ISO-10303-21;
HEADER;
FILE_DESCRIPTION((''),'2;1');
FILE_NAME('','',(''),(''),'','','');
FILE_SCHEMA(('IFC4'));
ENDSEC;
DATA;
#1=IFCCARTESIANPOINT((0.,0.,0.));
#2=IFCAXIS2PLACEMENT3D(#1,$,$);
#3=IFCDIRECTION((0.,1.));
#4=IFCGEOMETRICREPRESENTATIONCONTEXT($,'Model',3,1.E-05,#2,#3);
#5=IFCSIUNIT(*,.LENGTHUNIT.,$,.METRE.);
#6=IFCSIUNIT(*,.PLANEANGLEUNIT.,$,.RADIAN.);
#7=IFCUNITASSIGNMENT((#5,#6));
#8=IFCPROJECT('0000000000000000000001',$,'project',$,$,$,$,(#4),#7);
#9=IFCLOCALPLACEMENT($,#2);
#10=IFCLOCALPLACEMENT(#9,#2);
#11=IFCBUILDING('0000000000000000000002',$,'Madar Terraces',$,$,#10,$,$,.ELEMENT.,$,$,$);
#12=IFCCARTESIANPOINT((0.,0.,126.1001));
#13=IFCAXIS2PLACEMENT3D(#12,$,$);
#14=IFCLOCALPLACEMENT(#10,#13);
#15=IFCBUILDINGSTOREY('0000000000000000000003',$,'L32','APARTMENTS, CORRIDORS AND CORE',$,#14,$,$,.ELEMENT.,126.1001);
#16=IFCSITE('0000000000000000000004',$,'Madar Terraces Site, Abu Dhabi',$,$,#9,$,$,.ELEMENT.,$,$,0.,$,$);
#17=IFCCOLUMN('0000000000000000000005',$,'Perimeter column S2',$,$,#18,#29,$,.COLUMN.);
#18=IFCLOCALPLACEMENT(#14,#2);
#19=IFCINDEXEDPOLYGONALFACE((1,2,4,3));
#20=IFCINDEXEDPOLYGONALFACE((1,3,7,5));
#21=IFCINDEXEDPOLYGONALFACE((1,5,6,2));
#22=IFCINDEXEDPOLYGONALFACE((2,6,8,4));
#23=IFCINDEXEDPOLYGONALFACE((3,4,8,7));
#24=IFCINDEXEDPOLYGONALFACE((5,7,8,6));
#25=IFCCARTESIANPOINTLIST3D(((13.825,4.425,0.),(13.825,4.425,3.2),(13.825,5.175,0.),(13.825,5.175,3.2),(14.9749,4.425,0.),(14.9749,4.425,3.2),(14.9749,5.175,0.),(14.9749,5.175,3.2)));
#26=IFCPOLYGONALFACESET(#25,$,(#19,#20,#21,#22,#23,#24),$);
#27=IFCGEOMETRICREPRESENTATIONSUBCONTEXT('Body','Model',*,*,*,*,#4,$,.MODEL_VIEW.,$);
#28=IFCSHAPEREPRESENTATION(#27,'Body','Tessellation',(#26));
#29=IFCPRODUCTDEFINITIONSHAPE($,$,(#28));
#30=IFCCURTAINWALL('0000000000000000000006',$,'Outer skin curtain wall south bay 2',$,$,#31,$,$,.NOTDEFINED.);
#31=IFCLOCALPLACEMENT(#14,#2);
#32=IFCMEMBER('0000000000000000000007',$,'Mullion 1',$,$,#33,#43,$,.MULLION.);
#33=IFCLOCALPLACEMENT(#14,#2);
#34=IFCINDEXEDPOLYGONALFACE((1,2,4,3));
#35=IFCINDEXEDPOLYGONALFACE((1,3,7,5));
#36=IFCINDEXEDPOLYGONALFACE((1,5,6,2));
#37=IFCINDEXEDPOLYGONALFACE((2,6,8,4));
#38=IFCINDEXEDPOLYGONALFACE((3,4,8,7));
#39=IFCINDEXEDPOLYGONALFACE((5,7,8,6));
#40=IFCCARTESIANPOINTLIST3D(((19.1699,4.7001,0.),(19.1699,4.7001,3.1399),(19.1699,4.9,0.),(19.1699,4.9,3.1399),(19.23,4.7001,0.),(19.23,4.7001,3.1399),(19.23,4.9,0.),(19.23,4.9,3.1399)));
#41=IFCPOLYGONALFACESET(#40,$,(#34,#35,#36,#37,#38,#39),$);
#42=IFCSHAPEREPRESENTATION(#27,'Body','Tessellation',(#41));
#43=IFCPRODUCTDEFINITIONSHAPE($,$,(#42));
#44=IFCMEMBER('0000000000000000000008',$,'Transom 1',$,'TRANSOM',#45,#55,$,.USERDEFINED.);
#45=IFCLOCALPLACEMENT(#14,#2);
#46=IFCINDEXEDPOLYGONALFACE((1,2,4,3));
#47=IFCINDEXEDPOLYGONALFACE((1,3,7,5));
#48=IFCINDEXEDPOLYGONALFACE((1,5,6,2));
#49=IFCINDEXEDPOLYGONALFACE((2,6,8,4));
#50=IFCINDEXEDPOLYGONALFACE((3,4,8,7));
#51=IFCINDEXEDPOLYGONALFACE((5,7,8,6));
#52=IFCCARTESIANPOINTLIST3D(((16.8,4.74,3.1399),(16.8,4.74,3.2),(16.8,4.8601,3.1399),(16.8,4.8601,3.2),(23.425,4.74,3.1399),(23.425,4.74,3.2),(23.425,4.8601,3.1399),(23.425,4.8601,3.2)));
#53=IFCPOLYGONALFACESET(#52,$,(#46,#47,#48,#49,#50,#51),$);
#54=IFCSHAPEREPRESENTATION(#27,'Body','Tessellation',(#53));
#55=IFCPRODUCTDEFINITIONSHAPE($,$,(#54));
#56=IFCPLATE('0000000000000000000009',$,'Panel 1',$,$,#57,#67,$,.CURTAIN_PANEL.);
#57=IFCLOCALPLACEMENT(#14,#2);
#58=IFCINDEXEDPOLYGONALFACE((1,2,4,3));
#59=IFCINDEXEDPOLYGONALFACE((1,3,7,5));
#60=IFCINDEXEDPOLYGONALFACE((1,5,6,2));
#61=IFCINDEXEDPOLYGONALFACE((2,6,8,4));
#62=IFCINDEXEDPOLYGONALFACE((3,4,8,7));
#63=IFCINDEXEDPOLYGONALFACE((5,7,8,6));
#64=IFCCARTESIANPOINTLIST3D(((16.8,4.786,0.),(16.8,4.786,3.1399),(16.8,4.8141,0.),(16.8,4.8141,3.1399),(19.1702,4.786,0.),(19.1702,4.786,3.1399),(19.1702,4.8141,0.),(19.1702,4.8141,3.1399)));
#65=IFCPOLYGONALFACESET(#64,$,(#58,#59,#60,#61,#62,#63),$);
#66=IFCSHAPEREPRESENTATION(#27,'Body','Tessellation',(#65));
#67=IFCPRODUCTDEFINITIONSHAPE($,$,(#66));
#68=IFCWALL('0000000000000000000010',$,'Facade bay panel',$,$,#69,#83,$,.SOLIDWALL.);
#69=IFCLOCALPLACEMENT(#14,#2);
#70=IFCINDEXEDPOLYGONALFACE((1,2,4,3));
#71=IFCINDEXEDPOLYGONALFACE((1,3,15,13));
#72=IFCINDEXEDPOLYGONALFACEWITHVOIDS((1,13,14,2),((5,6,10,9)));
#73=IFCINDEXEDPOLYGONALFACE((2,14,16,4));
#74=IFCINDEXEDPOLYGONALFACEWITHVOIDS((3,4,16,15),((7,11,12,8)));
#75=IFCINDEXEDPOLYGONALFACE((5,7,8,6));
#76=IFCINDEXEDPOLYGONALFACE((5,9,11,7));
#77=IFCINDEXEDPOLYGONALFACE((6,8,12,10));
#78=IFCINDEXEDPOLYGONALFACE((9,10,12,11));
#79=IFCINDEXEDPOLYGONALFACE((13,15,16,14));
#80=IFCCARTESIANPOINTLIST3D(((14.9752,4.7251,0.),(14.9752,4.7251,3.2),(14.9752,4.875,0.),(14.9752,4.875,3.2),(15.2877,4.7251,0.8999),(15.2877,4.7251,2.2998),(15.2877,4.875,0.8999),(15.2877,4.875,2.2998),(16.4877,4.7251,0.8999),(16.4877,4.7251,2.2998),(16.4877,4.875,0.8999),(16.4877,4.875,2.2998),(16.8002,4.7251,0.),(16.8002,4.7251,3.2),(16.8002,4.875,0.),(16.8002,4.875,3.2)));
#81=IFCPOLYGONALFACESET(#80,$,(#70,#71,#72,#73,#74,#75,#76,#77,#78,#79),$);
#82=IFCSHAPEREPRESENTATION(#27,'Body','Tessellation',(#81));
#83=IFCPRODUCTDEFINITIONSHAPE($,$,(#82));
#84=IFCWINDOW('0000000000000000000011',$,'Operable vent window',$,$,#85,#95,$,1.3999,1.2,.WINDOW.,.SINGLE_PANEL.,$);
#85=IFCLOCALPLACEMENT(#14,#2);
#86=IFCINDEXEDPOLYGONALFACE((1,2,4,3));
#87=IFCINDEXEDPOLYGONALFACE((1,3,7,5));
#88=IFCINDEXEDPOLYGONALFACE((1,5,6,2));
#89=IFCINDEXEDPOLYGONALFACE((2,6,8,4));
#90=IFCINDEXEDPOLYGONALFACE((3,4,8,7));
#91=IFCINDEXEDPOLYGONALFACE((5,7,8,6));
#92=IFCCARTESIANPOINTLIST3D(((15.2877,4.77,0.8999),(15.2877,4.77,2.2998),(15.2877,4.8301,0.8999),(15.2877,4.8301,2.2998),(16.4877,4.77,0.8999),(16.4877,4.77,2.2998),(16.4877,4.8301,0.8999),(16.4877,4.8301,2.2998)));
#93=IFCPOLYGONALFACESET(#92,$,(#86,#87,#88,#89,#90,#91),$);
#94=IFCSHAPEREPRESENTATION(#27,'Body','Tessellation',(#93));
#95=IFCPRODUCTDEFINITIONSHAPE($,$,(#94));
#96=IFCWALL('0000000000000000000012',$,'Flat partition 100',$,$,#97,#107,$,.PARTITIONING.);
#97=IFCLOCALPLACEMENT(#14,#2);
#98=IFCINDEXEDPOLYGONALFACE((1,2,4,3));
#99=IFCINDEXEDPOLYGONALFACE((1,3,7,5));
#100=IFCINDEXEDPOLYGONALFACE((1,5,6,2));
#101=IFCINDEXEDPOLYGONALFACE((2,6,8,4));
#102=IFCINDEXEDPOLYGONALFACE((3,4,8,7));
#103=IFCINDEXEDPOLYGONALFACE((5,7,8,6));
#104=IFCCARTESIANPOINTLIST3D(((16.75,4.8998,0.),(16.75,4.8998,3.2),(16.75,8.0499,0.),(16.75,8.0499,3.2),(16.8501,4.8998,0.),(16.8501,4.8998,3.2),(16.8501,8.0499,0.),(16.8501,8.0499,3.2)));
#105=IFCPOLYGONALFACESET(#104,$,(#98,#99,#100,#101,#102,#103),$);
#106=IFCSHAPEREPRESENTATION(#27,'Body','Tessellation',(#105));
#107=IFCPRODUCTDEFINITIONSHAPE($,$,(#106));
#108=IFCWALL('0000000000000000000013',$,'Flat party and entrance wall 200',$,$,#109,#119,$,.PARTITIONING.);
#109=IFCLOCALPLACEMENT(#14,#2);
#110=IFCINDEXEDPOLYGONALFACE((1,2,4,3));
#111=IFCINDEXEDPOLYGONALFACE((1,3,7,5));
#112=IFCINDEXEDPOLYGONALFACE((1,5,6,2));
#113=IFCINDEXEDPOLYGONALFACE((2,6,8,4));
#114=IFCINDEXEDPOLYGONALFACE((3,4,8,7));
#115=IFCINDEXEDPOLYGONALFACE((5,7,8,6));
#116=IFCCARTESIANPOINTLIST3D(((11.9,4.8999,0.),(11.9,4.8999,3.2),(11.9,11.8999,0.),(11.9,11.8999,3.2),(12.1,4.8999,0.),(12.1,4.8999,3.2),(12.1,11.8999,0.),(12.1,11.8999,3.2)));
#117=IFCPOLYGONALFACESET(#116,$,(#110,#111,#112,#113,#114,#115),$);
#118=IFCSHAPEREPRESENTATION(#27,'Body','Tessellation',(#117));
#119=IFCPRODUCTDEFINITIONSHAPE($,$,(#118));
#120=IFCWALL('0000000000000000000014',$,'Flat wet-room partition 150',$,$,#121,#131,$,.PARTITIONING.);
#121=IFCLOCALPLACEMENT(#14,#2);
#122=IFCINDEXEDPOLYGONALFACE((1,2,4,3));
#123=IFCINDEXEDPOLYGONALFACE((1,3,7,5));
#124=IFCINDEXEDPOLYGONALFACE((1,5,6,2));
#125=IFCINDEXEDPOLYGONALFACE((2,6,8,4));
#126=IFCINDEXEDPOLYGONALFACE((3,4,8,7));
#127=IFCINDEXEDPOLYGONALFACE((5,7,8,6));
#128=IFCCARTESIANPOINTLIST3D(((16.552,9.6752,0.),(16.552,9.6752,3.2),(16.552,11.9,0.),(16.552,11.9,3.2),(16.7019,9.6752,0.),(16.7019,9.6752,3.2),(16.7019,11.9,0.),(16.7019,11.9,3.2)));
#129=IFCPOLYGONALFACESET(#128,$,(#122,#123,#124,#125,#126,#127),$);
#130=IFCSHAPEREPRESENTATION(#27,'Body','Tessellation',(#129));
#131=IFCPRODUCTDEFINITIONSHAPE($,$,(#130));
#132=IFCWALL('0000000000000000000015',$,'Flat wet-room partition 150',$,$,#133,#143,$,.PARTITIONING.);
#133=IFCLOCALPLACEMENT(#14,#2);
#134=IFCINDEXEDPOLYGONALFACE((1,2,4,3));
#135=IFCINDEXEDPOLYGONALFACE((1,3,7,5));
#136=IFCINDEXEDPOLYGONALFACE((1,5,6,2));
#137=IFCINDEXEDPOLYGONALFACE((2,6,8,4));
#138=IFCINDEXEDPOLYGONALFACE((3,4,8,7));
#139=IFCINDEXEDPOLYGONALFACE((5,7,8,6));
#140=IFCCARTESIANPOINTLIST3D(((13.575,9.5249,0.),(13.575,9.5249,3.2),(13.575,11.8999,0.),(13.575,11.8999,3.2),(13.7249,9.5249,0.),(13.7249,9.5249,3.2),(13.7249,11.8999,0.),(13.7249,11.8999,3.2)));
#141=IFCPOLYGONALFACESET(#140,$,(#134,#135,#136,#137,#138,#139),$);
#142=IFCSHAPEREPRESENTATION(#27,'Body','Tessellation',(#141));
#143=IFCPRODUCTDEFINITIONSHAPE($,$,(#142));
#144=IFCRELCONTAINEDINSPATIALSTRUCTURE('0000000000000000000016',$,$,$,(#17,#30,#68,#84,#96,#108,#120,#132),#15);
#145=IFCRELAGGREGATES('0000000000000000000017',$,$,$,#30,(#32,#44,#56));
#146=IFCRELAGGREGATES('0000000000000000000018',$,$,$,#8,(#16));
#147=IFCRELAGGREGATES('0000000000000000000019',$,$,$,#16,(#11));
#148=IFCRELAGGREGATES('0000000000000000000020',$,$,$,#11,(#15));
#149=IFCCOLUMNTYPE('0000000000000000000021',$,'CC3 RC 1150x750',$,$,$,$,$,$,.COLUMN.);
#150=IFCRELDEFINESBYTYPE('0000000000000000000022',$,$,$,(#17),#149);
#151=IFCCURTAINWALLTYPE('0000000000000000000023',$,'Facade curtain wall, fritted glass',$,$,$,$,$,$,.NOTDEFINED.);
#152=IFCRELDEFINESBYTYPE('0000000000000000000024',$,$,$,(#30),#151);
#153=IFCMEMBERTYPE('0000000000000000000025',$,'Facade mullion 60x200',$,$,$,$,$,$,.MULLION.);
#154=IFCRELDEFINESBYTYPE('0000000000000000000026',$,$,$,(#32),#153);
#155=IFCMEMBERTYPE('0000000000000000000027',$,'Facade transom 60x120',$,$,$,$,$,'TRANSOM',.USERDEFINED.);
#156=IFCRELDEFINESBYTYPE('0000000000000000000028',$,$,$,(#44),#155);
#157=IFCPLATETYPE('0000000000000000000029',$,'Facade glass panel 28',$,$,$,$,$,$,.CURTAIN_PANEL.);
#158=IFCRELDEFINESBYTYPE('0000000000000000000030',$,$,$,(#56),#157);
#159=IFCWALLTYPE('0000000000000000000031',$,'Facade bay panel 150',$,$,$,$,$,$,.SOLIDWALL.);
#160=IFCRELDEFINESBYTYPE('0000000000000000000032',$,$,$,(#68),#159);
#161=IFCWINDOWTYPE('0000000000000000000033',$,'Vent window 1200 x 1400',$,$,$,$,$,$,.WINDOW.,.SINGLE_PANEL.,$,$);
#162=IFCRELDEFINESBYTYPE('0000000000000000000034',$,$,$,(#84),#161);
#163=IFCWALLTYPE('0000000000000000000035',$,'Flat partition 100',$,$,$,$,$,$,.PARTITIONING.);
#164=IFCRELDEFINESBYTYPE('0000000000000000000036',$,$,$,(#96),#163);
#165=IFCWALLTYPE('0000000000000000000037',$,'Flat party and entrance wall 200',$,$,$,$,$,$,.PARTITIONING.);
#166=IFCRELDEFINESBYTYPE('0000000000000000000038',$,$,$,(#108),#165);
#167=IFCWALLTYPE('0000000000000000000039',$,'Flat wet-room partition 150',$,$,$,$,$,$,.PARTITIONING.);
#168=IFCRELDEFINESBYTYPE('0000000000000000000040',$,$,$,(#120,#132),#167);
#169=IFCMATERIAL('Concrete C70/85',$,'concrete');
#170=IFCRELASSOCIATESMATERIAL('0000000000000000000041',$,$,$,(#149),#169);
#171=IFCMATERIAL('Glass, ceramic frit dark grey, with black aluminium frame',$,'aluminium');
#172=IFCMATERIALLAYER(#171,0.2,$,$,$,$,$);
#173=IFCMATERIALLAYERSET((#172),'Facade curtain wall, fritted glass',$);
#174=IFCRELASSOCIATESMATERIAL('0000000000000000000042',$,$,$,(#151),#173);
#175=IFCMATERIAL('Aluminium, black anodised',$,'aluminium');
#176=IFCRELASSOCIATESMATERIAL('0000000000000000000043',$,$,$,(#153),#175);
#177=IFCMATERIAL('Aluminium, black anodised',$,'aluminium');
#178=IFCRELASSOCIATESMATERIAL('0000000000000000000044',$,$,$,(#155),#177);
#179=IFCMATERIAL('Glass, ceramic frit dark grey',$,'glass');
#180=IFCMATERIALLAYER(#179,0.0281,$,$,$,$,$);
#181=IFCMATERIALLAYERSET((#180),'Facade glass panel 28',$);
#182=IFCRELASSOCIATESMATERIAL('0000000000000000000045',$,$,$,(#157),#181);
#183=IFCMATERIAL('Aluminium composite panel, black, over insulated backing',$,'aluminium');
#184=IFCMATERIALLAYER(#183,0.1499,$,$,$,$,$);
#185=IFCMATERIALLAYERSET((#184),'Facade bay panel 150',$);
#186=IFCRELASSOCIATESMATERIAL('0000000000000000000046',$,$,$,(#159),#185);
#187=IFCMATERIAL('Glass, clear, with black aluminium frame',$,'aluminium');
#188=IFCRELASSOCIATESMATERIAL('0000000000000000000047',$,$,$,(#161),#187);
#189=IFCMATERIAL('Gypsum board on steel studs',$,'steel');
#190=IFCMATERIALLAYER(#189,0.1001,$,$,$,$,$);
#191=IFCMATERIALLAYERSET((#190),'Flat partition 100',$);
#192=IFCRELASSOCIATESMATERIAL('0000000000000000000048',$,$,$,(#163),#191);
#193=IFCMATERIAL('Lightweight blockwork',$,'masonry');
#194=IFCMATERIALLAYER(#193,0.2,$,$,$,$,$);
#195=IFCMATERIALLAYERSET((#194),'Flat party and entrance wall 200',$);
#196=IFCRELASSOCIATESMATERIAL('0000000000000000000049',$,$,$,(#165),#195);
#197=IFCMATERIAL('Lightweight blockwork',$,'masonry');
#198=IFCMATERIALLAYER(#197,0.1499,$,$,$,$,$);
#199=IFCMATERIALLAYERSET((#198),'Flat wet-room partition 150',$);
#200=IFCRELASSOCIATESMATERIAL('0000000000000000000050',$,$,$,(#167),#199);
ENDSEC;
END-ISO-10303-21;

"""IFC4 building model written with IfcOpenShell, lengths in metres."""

from ifc_helpers import new_model, si_unit, direction, frame, frame_2d, origin, origin_2d, place, context, subcontext, project, spatial, rectangle, extrude, material, layer, layer_set, material_profile, profile_set, type_object, element, fill, aggregate, save


model = new_model("IFC4")

# Units and contexts
model_context = context("Model", 3, precision=1e-05, world=origin(), true_north=direction((0.0, 1.0)))
body_context = subcontext(model_context, "Body", "Model", "MODEL_VIEW")
ifc_project = project(units=[si_unit("LENGTHUNIT", "METRE"), si_unit("PLANEANGLEUNIT", "RADIAN")], contexts=[model_context])

# Site, building, storey
site_placement = place(None, origin())
site = spatial("IfcSite", under=ifc_project, at=site_placement, Name="Madar Terraces Site, Abu Dhabi", CompositionType="ELEMENT", RefElevation=0.0)
building_placement = place(site_placement, origin())
building = spatial("IfcBuilding", under=site, at=building_placement, Name="Madar Terraces", CompositionType="ELEMENT")
storey_placement = place(building_placement, frame((0.0, 0.0, 126.1001)))
storey = spatial("IfcBuildingStorey", under=building, at=storey_placement, Name="L32", Description="APARTMENTS, CORRIDORS AND CORE", CompositionType="ELEMENT", Elevation=126.1001)

# Column
ifc_material_1 = material(Name="Concrete C70/85", Category="concrete")
ifc_material_profile_1 = material_profile(ifc_material_1, rectangle(XDim=1.1499, YDim=0.75, at=origin_2d()), Name="CC3 RC 1150x750")
ifc_profile_set_1 = profile_set([ifc_material_profile_1], Name="Concrete C70/85")
column_type = type_object("IfcColumnType", Name="CC3 RC 1150x750", PredefinedType="COLUMN", material=ifc_profile_set_1)
column_placement = place(storey_placement, frame((14.3999, 4.8, 0.0), z_axis=(0.0, 0.0, 1.0), x_axis=(1.0, 0.0, 0.0)))
element("IfcColumn", 1, at=column_placement, inside=storey, type_object=column_type, Name="Perimeter column S2", PredefinedType="COLUMN", context=body_context, shape_type="SweptSolid", body=[
    extrude(rectangle(XDim=1.1499, YDim=0.75, at=origin_2d()), origin(), (0.0, 0.0, 1.0), 3.2),
])

# Curtain wall, members, plate
ifc_material_2 = material(Name="Glass, ceramic frit dark grey, with black aluminium frame", Category="aluminium")
ifc_layer_1 = layer(ifc_material_2, 0.2)
ifc_layer_set_1 = layer_set([ifc_layer_1], Name="Facade curtain wall, fritted glass")
curtain_wall_type = type_object("IfcCurtainWallType", Name="Facade curtain wall, fritted glass", PredefinedType="NOTDEFINED", material=ifc_layer_set_1)
curtain_wall_placement = place(storey_placement, origin())
curtain_wall = element("IfcCurtainWall", 2, at=curtain_wall_placement, inside=storey, type_object=curtain_wall_type, Name="Outer skin curtain wall south bay 2", PredefinedType="NOTDEFINED")
ifc_material_3 = material(Name="Aluminium, black anodised", Category="aluminium")
ifc_material_profile_2 = material_profile(ifc_material_3, rectangle(XDim=0.2, YDim=0.0601, at=origin_2d()), Name="Facade mullion 60x200")
ifc_profile_set_2 = profile_set([ifc_material_profile_2], Name="Aluminium, black anodised")
member_type_1 = type_object("IfcMemberType", Name="Facade mullion 60x200", PredefinedType="MULLION", material=ifc_profile_set_2)
member_1_placement = place(storey_placement, frame((19.2, 4.8, 0.0), z_axis=(0.0, 0.0, 1.0), x_axis=(0.0, 1.0, 0.0)))
member_1 = element("IfcMember", 3, at=member_1_placement, type_object=member_type_1, Name="Mullion 1", PredefinedType="MULLION", context=body_context, shape_type="SweptSolid", body=[
    extrude(rectangle(XDim=0.2, YDim=0.0601, at=origin_2d()), origin(), (0.0, 0.0, 1.0), 3.1399),
])
ifc_material_4 = material(Name="Aluminium, black anodised", Category="aluminium")
ifc_material_profile_3 = material_profile(ifc_material_4, rectangle(XDim=0.1201, YDim=0.0601, at=origin_2d()), Name="Facade transom 60x120")
ifc_profile_set_3 = profile_set([ifc_material_profile_3], Name="Aluminium, black anodised")
member_type_2 = type_object("IfcMemberType", Name="Facade transom 60x120", ElementType="TRANSOM", PredefinedType="USERDEFINED", material=ifc_profile_set_3)
member_2_placement = place(storey_placement, frame((16.8, 4.8, 3.1699), z_axis=(1.0, 0.0, 0.0), x_axis=(0.0, 1.0, 0.0)))
member_2 = element("IfcMember", 4, at=member_2_placement, type_object=member_type_2, Name="Transom 1", ObjectType="TRANSOM", PredefinedType="USERDEFINED", context=body_context, shape_type="SweptSolid", body=[
    extrude(rectangle(XDim=0.1201, YDim=0.0601, at=origin_2d()), origin(), (0.0, 0.0, 1.0), 6.625),
])
ifc_material_5 = material(Name="Glass, ceramic frit dark grey", Category="glass")
ifc_layer_2 = layer(ifc_material_5, 0.0281)
ifc_layer_set_2 = layer_set([ifc_layer_2], Name="Facade glass panel 28")
plate_type = type_object("IfcPlateType", Name="Facade glass panel 28", PredefinedType="CURTAIN_PANEL", material=ifc_layer_set_2)
plate_placement = place(storey_placement, frame((17.9851, 4.8, 0.0), z_axis=(0.0, 0.0, 1.0), x_axis=(1.0, 0.0, 0.0)))
plate = element("IfcPlate", 5, at=plate_placement, type_object=plate_type, Name="Panel 1", PredefinedType="CURTAIN_PANEL", context=body_context, shape_type="SweptSolid", body=[
    extrude(rectangle(XDim=2.3701, YDim=0.0281, at=origin_2d()), origin(), (0.0, 0.0, 1.0), 3.1399),
])
aggregate(curtain_wall, [member_1, member_2, plate])

# Wall, opening, window
ifc_material_6 = material(Name="Aluminium composite panel, black, over insulated backing", Category="aluminium")
ifc_layer_3 = layer(ifc_material_6, 0.1499)
ifc_layer_set_3 = layer_set([ifc_layer_3], Name="Facade bay panel 150")
wall_type_1 = type_object("IfcWallType", Name="Facade bay panel 150", PredefinedType="SOLIDWALL", material=ifc_layer_set_3)
wall_1_placement = place(storey_placement, frame((14.9751, 4.8, 0.0), z_axis=(0.0, 0.0, 1.0), x_axis=(1.0, 0.0, 0.0)))
wall_1 = element("IfcWall", 6, at=wall_1_placement, inside=storey, type_object=wall_type_1, Name="Facade bay panel", PredefinedType="SOLIDWALL", context=body_context, shape_type="SweptSolid", body=[
    extrude(rectangle(XDim=1.825, YDim=0.1499, at=frame_2d((0.9126, 0.0))), origin(), (0.0, 0.0, 1.0), 3.2),
])
opening_1_placement = place(wall_1_placement, frame((0.3125, 0.0, 0.8999)))
opening_1 = element("IfcOpeningElement", 7, at=opening_1_placement, cuts=wall_1, PredefinedType="OPENING", context=body_context, shape_type="SweptSolid", body=[
    extrude(rectangle(XDim=1.2, YDim=1.3999, at=frame_2d((0.6001, 0.7))), frame((0.0, 0.085, 0.0), z_axis=(0.0, -1.0, 0.0), x_axis=(1.0, 0.0, 0.0)), (0.0, 0.0, 1.0), 0.1699),
])
ifc_material_7 = material(Name="Glass, clear, with black aluminium frame", Category="aluminium")
window_type = type_object("IfcWindowType", Name="Vent window 1200 x 1400", PartitioningType="SINGLE_PANEL", PredefinedType="WINDOW", material=ifc_material_7)
window_placement = place(opening_1_placement, origin())
window = element("IfcWindow", 8, at=window_placement, inside=storey, type_object=window_type, Name="Operable vent window", OverallHeight=1.3999, OverallWidth=1.2, PartitioningType="SINGLE_PANEL", PredefinedType="WINDOW", context=body_context, shape_type="SweptSolid", body=[
    extrude(rectangle(XDim=1.2, YDim=1.3999, at=frame_2d((0.6001, 0.7))), frame((0.0, 0.03, 0.0), z_axis=(0.0, -1.0, 0.0), x_axis=(1.0, 0.0, 0.0)), (0.0, 0.0, 1.0), 0.0601),
])
fill(opening_1, window)

# Walls
ifc_material_8 = material(Name="Gypsum board on steel studs", Category="steel")
ifc_layer_4 = layer(ifc_material_8, 0.1001)
ifc_layer_set_4 = layer_set([ifc_layer_4], Name="Flat partition 100")
wall_type_2 = type_object("IfcWallType", Name="Flat partition 100", PredefinedType="PARTITIONING", material=ifc_layer_set_4)
wall_2_placement = place(storey_placement, frame((16.8, 8.05, 0.0), z_axis=(0.0, 0.0, 1.0), x_axis=(0.0, -1.0, 0.0)))
element("IfcWall", 9, at=wall_2_placement, inside=storey, type_object=wall_type_2, Name="Flat partition 100", PredefinedType="PARTITIONING", context=body_context, shape_type="SweptSolid", body=[
    extrude(rectangle(XDim=3.1501, YDim=0.1001, at=frame_2d((1.5752, 0.0))), origin(), (0.0, 0.0, 1.0), 3.2),
])
ifc_material_9 = material(Name="Lightweight blockwork", Category="masonry")
ifc_layer_5 = layer(ifc_material_9, 0.2)
ifc_layer_set_5 = layer_set([ifc_layer_5], Name="Flat party and entrance wall 200")
wall_type_3 = type_object("IfcWallType", Name="Flat party and entrance wall 200", PredefinedType="PARTITIONING", material=ifc_layer_set_5)
wall_3_placement = place(storey_placement, frame((12.0, 4.8999, 0.0), z_axis=(0.0, 0.0, 1.0), x_axis=(0.0, 1.0, 0.0)))
element("IfcWall", 10, at=wall_3_placement, inside=storey, type_object=wall_type_3, Name="Flat party and entrance wall 200", PredefinedType="PARTITIONING", context=body_context, shape_type="SweptSolid", body=[
    extrude(rectangle(XDim=7.0, YDim=0.2, at=frame_2d((3.5, 0.0))), origin(), (0.0, 0.0, 1.0), 3.2),
])
ifc_material_10 = material(Name="Lightweight blockwork", Category="masonry")
ifc_layer_6 = layer(ifc_material_10, 0.1499)
ifc_layer_set_6 = layer_set([ifc_layer_6], Name="Flat wet-room partition 150")
wall_type_4 = type_object("IfcWallType", Name="Flat wet-room partition 150", PredefinedType="PARTITIONING", material=ifc_layer_set_6)
wall_4_placement = place(storey_placement, frame((16.627, 11.8999, 0.0), z_axis=(0.0, 0.0, 1.0), x_axis=(0.0, -1.0, 0.0)))
element("IfcWall", 11, at=wall_4_placement, inside=storey, type_object=wall_type_4, Name="Flat wet-room partition 150", PredefinedType="PARTITIONING", context=body_context, shape_type="SweptSolid", body=[
    extrude(rectangle(XDim=2.2249, YDim=0.1499, at=frame_2d((1.1123, 0.0))), origin(), (0.0, 0.0, 1.0), 3.2),
])
wall_5_placement = place(storey_placement, frame((13.6499, 11.8999, 0.0), z_axis=(0.0, 0.0, 1.0), x_axis=(0.0, -1.0, 0.0)))
element("IfcWall", 12, at=wall_5_placement, inside=storey, type_object=wall_type_4, Name="Flat wet-room partition 150", PredefinedType="PARTITIONING", context=body_context, shape_type="SweptSolid", body=[
    extrude(rectangle(XDim=2.375, YDim=0.1499, at=frame_2d((1.1875, 0.0))), origin(), (0.0, 0.0, 1.0), 3.2),
])

save(model, "model.ifc")
